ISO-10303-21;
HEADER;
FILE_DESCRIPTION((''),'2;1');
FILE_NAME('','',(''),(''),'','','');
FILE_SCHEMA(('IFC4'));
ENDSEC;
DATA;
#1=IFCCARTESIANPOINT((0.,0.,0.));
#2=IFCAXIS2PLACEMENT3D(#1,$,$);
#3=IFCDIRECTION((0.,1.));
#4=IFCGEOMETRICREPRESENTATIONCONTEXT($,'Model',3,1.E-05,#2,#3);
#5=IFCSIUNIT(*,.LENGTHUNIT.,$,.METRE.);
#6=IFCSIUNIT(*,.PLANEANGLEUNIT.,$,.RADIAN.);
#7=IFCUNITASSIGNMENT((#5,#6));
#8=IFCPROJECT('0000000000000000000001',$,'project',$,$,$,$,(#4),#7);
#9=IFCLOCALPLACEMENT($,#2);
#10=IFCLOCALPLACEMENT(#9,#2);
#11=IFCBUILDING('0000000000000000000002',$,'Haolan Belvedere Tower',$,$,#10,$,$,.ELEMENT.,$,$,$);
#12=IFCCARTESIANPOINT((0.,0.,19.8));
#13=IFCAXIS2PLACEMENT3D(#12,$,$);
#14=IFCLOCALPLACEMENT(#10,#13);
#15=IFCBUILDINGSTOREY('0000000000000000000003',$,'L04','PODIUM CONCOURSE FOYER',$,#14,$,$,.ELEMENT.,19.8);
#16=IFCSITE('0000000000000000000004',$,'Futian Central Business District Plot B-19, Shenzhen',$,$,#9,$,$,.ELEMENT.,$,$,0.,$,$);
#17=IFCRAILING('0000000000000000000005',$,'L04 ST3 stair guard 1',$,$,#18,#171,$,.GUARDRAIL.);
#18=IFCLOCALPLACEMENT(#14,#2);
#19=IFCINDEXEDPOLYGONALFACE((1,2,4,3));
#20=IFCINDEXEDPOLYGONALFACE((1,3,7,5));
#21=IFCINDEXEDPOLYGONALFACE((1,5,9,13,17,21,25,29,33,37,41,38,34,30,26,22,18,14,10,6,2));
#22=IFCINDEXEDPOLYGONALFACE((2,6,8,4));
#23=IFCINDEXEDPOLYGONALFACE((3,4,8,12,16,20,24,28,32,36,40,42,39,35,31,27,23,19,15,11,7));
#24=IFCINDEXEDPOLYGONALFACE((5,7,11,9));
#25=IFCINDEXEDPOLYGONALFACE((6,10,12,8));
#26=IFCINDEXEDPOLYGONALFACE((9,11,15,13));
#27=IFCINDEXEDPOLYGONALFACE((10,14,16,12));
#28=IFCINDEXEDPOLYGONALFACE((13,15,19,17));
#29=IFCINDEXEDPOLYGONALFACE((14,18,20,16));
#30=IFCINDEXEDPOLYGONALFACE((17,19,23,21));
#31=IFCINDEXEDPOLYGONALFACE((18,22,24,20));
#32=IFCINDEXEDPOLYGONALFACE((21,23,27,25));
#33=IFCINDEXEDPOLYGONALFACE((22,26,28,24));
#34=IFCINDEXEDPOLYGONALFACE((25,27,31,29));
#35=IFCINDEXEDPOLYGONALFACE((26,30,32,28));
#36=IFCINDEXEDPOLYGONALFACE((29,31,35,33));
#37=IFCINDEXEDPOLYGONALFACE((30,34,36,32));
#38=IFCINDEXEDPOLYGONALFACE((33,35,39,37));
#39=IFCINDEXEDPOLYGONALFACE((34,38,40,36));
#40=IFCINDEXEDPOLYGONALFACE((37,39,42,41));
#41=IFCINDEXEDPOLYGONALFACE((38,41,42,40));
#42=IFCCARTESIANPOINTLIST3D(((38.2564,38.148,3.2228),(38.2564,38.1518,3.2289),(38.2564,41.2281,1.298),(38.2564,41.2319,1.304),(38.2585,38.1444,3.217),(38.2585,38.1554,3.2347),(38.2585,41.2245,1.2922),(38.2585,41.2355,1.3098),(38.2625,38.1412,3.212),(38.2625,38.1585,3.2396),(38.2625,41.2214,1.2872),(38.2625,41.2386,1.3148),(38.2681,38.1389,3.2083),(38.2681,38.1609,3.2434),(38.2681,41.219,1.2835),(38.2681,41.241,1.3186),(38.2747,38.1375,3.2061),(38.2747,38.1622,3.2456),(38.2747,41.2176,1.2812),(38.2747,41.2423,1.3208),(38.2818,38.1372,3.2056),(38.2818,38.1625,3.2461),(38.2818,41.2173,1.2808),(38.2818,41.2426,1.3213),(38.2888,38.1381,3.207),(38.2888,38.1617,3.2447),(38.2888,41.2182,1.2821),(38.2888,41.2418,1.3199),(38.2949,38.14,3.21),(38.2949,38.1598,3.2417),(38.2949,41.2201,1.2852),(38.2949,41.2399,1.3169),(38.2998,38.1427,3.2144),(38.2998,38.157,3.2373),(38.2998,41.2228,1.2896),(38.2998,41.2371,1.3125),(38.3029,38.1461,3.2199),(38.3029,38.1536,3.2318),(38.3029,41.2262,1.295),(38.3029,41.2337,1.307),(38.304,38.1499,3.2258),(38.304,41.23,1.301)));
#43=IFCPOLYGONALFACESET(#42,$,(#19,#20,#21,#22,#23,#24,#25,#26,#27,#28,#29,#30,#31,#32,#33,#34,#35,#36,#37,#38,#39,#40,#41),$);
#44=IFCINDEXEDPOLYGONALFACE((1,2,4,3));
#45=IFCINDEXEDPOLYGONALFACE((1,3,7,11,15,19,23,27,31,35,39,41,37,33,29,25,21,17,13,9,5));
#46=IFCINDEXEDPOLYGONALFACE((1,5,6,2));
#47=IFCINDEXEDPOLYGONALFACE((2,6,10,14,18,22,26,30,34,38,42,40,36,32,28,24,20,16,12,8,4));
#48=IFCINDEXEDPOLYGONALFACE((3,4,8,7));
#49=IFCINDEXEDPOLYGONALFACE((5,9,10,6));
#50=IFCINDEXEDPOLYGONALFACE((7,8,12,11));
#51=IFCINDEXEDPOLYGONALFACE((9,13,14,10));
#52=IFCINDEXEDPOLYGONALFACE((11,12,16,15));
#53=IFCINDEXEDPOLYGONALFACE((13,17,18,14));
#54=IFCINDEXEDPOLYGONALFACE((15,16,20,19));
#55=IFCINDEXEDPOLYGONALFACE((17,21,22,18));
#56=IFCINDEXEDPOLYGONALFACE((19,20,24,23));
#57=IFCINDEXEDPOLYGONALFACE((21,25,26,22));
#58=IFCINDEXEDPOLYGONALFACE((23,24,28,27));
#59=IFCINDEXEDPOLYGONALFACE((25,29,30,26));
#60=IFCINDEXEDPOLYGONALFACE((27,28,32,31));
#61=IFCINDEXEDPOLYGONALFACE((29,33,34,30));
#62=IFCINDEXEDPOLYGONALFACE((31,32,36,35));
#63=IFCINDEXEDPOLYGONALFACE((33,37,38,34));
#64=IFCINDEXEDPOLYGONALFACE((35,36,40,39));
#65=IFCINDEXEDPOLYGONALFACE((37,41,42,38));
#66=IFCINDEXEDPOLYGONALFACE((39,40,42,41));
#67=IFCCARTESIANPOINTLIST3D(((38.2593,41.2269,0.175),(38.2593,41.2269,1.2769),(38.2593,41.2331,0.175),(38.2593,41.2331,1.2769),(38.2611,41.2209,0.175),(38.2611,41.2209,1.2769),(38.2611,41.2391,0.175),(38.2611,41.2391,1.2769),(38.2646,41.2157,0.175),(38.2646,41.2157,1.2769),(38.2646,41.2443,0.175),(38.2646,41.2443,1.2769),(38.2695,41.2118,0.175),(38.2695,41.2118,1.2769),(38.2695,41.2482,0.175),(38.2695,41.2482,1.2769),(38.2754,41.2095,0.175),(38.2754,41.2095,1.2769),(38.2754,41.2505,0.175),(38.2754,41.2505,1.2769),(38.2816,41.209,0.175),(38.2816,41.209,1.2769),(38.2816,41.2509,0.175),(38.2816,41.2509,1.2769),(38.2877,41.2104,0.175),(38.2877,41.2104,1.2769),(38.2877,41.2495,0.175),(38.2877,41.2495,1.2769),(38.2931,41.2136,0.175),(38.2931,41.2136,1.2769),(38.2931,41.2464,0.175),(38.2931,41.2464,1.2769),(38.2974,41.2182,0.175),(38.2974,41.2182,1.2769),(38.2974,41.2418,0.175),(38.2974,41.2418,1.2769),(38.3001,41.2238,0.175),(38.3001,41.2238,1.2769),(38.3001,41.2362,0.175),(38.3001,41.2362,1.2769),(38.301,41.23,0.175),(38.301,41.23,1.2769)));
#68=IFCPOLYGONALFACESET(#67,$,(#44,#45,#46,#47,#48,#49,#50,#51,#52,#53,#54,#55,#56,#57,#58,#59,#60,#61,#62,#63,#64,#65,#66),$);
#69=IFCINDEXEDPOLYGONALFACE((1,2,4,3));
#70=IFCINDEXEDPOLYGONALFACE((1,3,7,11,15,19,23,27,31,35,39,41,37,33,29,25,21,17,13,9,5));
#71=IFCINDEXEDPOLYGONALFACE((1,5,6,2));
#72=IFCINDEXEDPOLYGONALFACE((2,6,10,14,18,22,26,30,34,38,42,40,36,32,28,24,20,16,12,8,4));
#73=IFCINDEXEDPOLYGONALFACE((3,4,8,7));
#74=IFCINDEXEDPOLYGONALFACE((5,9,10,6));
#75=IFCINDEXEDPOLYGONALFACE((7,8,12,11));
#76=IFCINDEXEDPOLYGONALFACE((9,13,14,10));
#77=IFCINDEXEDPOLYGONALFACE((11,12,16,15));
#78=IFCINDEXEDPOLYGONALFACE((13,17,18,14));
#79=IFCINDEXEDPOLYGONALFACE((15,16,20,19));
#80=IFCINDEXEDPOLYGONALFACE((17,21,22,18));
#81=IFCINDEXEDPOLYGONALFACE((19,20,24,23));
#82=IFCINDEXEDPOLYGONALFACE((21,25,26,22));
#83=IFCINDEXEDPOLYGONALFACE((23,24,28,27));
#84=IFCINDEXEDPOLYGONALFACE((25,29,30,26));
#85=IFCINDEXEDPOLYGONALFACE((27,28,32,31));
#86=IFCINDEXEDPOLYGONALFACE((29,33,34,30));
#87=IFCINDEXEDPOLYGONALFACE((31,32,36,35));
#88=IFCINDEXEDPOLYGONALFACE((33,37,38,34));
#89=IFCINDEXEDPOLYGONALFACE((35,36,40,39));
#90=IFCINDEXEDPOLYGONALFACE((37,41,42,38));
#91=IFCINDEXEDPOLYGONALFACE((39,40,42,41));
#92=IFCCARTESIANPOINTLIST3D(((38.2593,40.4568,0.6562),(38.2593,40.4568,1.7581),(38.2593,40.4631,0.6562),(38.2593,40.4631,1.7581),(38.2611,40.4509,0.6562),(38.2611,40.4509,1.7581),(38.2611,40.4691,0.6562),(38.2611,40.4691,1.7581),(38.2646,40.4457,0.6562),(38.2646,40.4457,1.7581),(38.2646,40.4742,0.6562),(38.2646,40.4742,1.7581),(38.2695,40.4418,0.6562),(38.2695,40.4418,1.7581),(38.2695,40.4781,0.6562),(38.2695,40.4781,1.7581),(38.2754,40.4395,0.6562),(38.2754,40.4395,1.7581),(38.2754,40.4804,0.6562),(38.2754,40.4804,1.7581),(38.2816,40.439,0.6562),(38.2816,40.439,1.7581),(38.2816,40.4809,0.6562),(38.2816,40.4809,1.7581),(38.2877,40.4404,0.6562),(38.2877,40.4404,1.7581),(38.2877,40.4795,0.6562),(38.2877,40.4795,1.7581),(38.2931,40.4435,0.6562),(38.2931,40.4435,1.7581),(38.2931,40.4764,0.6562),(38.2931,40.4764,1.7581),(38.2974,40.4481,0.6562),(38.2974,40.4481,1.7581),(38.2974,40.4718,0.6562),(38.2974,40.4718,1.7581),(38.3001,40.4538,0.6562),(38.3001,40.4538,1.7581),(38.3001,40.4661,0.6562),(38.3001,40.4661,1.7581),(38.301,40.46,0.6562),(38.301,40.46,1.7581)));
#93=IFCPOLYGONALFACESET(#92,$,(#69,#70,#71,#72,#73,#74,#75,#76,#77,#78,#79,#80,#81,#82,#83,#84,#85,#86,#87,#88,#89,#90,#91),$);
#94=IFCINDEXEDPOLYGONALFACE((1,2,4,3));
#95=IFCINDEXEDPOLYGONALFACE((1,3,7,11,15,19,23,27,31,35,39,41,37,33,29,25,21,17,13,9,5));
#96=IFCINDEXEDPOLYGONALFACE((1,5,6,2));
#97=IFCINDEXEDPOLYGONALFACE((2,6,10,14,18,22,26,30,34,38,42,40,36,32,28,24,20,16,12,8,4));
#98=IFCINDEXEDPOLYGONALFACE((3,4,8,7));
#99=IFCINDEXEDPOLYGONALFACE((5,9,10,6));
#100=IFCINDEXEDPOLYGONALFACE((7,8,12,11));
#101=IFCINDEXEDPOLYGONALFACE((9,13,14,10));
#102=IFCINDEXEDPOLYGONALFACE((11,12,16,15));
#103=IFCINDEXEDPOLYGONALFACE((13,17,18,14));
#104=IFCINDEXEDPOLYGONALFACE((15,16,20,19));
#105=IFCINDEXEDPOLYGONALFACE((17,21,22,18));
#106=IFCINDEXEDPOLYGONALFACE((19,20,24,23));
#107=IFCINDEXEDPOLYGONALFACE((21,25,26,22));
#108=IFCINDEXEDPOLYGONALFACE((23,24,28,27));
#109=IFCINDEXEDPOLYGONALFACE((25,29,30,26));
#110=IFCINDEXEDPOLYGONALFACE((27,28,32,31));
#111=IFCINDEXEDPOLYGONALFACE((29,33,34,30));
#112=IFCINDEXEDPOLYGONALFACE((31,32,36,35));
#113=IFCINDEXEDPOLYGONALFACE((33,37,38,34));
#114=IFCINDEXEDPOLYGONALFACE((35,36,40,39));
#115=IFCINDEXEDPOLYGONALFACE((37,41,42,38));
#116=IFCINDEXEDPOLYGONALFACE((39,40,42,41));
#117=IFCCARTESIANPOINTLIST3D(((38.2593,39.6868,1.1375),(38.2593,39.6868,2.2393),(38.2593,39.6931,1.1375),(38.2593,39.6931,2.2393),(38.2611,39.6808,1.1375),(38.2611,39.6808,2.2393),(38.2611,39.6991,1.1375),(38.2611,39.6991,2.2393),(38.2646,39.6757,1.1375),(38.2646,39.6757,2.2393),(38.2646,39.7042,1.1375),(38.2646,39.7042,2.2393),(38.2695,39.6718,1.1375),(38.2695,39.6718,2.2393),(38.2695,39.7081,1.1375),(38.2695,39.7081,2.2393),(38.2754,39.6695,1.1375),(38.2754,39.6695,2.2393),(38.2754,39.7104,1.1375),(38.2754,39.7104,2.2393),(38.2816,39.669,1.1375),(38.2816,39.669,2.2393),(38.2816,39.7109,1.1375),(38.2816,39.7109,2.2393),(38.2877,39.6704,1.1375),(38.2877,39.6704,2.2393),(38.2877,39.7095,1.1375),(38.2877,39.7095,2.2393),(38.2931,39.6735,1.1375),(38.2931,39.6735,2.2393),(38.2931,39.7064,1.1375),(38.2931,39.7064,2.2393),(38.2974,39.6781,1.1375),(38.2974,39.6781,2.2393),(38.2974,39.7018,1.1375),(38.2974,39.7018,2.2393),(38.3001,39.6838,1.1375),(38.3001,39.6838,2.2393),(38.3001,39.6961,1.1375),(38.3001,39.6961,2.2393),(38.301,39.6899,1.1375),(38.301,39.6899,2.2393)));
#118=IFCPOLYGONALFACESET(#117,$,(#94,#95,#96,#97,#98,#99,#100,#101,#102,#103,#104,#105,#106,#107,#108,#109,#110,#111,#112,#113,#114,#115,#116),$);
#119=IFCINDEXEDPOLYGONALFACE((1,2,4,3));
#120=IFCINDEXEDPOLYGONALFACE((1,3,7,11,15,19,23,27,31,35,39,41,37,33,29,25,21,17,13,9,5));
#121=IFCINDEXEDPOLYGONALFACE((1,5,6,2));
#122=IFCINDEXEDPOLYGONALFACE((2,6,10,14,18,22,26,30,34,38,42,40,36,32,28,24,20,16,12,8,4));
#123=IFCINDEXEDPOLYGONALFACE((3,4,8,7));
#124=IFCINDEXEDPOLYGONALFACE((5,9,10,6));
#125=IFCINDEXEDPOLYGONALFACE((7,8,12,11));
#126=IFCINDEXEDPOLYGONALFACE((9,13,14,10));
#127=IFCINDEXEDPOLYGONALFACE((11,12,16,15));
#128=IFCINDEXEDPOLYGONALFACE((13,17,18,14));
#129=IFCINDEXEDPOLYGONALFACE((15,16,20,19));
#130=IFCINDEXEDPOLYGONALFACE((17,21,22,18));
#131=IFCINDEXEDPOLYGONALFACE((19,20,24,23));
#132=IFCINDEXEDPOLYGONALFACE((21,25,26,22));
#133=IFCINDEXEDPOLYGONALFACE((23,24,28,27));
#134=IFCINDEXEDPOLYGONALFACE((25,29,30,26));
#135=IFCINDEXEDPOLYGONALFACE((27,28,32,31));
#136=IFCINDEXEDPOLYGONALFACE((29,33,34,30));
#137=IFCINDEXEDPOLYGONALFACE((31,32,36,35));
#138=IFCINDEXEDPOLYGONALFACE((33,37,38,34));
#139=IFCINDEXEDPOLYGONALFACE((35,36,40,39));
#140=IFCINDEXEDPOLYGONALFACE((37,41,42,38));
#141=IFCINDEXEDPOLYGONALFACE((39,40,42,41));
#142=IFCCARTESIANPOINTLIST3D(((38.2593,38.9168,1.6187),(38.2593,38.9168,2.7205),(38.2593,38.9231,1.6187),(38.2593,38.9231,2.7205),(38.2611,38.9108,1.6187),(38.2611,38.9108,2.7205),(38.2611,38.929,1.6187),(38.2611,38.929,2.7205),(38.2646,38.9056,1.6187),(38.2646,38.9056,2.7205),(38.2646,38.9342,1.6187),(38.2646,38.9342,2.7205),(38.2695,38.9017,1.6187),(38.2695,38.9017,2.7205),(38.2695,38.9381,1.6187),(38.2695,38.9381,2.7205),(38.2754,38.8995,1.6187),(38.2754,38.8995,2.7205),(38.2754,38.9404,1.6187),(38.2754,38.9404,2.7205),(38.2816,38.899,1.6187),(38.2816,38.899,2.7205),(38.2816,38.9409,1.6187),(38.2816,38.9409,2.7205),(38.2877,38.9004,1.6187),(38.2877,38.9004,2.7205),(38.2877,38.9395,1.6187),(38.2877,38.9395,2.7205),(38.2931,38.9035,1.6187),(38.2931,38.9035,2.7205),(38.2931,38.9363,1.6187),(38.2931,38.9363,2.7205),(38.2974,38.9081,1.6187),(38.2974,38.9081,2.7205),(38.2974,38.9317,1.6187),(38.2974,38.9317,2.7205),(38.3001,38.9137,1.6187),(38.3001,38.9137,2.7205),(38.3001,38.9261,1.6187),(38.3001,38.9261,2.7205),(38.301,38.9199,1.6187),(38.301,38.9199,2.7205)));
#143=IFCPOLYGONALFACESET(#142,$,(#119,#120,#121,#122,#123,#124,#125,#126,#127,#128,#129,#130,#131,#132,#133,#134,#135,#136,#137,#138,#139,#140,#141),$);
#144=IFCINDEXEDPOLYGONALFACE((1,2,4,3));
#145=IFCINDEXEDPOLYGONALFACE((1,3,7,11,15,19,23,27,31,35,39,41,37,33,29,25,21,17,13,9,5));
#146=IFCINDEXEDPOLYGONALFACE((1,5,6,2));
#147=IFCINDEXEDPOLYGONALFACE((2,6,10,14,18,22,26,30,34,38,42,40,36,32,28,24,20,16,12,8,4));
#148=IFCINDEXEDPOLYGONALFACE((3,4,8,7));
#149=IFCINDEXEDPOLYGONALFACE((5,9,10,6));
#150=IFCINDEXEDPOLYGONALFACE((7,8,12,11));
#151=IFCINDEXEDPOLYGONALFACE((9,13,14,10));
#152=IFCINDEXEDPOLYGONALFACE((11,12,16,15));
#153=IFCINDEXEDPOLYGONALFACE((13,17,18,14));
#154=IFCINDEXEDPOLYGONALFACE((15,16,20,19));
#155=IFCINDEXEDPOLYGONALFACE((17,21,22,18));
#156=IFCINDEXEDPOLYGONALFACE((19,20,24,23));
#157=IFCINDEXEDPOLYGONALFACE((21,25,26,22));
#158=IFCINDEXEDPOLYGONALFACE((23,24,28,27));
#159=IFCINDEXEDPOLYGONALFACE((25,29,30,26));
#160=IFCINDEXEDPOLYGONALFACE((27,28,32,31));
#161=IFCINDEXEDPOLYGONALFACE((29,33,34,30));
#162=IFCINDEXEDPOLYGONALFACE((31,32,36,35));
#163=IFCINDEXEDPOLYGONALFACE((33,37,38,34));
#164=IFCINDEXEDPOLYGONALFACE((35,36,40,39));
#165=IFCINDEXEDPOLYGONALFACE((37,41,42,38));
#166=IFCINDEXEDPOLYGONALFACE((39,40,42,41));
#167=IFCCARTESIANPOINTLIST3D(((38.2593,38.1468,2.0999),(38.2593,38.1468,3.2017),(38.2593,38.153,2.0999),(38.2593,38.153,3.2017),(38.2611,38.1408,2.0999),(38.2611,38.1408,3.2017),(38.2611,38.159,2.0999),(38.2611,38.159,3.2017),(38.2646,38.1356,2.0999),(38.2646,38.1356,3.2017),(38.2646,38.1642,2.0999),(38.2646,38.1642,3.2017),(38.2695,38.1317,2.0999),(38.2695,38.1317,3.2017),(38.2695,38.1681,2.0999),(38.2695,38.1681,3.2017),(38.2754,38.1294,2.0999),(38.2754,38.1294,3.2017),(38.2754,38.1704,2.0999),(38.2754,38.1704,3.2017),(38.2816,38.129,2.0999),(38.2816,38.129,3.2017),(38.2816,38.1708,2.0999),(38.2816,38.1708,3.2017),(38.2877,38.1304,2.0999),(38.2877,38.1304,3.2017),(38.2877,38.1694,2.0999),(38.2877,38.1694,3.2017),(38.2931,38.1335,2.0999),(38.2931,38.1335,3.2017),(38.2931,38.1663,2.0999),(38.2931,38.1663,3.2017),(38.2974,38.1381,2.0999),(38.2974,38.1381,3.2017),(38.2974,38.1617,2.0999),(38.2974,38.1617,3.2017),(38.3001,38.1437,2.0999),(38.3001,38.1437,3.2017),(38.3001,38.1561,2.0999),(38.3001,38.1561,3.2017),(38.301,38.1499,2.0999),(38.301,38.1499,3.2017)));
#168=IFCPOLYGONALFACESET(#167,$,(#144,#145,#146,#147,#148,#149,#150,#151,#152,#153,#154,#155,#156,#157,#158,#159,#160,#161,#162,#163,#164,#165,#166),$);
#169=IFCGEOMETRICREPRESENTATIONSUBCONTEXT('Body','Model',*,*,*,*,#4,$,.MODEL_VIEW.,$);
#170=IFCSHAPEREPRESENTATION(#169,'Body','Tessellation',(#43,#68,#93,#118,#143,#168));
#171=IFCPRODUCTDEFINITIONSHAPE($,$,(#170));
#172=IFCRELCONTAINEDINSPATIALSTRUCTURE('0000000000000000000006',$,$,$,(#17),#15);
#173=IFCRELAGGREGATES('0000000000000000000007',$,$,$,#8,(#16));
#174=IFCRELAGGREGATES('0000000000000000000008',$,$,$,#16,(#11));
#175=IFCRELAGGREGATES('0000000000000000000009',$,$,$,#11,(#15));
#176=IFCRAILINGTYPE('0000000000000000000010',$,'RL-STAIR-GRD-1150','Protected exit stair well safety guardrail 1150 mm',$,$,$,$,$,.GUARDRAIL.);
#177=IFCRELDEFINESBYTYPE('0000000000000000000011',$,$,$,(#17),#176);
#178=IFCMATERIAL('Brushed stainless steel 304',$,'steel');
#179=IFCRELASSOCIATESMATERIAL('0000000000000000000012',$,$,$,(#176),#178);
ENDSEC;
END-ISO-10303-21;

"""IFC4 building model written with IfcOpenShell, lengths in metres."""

from ifc_helpers import new_model, si_unit, direction, frame, origin, origin_2d, place, context, subcontext, project, spatial, circle, extrude, material, type_object, element, save


model = new_model("IFC4")

# Units and contexts
model_context = context("Model", 3, precision=1e-05, world=origin(), true_north=direction((0.0, 1.0)))
body_context = subcontext(model_context, "Body", "Model", "MODEL_VIEW")
ifc_project = project(units=[si_unit("LENGTHUNIT", "METRE"), si_unit("PLANEANGLEUNIT", "RADIAN")], contexts=[model_context])

# Site, building, storey
site_placement = place(None, origin())
site = spatial("IfcSite", under=ifc_project, at=site_placement, Name="Futian Central Business District Plot B-19, Shenzhen", CompositionType="ELEMENT", RefElevation=0.0)
building_placement = place(site_placement, origin())
building = spatial("IfcBuilding", under=site, at=building_placement, Name="Haolan Belvedere Tower", CompositionType="ELEMENT")
storey_placement = place(building_placement, frame((0.0, 0.0, 19.8)))
storey = spatial("IfcBuildingStorey", under=building, at=storey_placement, Name="L04", Description="PODIUM CONCOURSE FOYER", CompositionType="ELEMENT", Elevation=19.8)

# Railing
ifc_material_1 = material(Name="Brushed stainless steel 304", Category="steel")
railing_type_1 = type_object("IfcRailingType", Name="RL-STAIR-GRD-1150", Description="Protected exit stair well safety guardrail 1150 mm", PredefinedType="GUARDRAIL", material=ifc_material_1)
railing_1_placement = place(storey_placement, frame((38.28, 41.23, 0.175)))
element("IfcRailing", 1, at=railing_1_placement, inside=storey, type_object=railing_type_1, Name="L04 ST3 stair guard 1", PredefinedType="GUARDRAIL", context=body_context, shape_type="SweptSolid", body=[
    extrude(circle(Radius=0.0239, at=origin_2d()), frame((0.0, 0.0, 1.126), z_axis=(0.0, -0.848029, 0.529951), x_axis=(1.0, 0.0, 0.0)), (0.0, 0.0, 1.0), 3.6321),
    extrude(circle(Radius=0.021, at=origin_2d()), origin(), (0.0, 0.0, 1.0), 1.1018),
    extrude(circle(Radius=0.021, at=origin_2d()), frame((0.0, -0.77, 0.4812)), (0.0, 0.0, 1.0), 1.1018),
    extrude(circle(Radius=0.021, at=origin_2d()), frame((0.0, -1.54, 0.9624)), (0.0, 0.0, 1.0), 1.1018),
    extrude(circle(Radius=0.021, at=origin_2d()), frame((0.0, -2.3101, 1.4436)), (0.0, 0.0, 1.0), 1.1018),
    extrude(circle(Radius=0.021, at=origin_2d()), frame((0.0, -3.0801, 1.9248)), (0.0, 0.0, 1.0), 1.1018),
])

save(model, "model.ifc")
